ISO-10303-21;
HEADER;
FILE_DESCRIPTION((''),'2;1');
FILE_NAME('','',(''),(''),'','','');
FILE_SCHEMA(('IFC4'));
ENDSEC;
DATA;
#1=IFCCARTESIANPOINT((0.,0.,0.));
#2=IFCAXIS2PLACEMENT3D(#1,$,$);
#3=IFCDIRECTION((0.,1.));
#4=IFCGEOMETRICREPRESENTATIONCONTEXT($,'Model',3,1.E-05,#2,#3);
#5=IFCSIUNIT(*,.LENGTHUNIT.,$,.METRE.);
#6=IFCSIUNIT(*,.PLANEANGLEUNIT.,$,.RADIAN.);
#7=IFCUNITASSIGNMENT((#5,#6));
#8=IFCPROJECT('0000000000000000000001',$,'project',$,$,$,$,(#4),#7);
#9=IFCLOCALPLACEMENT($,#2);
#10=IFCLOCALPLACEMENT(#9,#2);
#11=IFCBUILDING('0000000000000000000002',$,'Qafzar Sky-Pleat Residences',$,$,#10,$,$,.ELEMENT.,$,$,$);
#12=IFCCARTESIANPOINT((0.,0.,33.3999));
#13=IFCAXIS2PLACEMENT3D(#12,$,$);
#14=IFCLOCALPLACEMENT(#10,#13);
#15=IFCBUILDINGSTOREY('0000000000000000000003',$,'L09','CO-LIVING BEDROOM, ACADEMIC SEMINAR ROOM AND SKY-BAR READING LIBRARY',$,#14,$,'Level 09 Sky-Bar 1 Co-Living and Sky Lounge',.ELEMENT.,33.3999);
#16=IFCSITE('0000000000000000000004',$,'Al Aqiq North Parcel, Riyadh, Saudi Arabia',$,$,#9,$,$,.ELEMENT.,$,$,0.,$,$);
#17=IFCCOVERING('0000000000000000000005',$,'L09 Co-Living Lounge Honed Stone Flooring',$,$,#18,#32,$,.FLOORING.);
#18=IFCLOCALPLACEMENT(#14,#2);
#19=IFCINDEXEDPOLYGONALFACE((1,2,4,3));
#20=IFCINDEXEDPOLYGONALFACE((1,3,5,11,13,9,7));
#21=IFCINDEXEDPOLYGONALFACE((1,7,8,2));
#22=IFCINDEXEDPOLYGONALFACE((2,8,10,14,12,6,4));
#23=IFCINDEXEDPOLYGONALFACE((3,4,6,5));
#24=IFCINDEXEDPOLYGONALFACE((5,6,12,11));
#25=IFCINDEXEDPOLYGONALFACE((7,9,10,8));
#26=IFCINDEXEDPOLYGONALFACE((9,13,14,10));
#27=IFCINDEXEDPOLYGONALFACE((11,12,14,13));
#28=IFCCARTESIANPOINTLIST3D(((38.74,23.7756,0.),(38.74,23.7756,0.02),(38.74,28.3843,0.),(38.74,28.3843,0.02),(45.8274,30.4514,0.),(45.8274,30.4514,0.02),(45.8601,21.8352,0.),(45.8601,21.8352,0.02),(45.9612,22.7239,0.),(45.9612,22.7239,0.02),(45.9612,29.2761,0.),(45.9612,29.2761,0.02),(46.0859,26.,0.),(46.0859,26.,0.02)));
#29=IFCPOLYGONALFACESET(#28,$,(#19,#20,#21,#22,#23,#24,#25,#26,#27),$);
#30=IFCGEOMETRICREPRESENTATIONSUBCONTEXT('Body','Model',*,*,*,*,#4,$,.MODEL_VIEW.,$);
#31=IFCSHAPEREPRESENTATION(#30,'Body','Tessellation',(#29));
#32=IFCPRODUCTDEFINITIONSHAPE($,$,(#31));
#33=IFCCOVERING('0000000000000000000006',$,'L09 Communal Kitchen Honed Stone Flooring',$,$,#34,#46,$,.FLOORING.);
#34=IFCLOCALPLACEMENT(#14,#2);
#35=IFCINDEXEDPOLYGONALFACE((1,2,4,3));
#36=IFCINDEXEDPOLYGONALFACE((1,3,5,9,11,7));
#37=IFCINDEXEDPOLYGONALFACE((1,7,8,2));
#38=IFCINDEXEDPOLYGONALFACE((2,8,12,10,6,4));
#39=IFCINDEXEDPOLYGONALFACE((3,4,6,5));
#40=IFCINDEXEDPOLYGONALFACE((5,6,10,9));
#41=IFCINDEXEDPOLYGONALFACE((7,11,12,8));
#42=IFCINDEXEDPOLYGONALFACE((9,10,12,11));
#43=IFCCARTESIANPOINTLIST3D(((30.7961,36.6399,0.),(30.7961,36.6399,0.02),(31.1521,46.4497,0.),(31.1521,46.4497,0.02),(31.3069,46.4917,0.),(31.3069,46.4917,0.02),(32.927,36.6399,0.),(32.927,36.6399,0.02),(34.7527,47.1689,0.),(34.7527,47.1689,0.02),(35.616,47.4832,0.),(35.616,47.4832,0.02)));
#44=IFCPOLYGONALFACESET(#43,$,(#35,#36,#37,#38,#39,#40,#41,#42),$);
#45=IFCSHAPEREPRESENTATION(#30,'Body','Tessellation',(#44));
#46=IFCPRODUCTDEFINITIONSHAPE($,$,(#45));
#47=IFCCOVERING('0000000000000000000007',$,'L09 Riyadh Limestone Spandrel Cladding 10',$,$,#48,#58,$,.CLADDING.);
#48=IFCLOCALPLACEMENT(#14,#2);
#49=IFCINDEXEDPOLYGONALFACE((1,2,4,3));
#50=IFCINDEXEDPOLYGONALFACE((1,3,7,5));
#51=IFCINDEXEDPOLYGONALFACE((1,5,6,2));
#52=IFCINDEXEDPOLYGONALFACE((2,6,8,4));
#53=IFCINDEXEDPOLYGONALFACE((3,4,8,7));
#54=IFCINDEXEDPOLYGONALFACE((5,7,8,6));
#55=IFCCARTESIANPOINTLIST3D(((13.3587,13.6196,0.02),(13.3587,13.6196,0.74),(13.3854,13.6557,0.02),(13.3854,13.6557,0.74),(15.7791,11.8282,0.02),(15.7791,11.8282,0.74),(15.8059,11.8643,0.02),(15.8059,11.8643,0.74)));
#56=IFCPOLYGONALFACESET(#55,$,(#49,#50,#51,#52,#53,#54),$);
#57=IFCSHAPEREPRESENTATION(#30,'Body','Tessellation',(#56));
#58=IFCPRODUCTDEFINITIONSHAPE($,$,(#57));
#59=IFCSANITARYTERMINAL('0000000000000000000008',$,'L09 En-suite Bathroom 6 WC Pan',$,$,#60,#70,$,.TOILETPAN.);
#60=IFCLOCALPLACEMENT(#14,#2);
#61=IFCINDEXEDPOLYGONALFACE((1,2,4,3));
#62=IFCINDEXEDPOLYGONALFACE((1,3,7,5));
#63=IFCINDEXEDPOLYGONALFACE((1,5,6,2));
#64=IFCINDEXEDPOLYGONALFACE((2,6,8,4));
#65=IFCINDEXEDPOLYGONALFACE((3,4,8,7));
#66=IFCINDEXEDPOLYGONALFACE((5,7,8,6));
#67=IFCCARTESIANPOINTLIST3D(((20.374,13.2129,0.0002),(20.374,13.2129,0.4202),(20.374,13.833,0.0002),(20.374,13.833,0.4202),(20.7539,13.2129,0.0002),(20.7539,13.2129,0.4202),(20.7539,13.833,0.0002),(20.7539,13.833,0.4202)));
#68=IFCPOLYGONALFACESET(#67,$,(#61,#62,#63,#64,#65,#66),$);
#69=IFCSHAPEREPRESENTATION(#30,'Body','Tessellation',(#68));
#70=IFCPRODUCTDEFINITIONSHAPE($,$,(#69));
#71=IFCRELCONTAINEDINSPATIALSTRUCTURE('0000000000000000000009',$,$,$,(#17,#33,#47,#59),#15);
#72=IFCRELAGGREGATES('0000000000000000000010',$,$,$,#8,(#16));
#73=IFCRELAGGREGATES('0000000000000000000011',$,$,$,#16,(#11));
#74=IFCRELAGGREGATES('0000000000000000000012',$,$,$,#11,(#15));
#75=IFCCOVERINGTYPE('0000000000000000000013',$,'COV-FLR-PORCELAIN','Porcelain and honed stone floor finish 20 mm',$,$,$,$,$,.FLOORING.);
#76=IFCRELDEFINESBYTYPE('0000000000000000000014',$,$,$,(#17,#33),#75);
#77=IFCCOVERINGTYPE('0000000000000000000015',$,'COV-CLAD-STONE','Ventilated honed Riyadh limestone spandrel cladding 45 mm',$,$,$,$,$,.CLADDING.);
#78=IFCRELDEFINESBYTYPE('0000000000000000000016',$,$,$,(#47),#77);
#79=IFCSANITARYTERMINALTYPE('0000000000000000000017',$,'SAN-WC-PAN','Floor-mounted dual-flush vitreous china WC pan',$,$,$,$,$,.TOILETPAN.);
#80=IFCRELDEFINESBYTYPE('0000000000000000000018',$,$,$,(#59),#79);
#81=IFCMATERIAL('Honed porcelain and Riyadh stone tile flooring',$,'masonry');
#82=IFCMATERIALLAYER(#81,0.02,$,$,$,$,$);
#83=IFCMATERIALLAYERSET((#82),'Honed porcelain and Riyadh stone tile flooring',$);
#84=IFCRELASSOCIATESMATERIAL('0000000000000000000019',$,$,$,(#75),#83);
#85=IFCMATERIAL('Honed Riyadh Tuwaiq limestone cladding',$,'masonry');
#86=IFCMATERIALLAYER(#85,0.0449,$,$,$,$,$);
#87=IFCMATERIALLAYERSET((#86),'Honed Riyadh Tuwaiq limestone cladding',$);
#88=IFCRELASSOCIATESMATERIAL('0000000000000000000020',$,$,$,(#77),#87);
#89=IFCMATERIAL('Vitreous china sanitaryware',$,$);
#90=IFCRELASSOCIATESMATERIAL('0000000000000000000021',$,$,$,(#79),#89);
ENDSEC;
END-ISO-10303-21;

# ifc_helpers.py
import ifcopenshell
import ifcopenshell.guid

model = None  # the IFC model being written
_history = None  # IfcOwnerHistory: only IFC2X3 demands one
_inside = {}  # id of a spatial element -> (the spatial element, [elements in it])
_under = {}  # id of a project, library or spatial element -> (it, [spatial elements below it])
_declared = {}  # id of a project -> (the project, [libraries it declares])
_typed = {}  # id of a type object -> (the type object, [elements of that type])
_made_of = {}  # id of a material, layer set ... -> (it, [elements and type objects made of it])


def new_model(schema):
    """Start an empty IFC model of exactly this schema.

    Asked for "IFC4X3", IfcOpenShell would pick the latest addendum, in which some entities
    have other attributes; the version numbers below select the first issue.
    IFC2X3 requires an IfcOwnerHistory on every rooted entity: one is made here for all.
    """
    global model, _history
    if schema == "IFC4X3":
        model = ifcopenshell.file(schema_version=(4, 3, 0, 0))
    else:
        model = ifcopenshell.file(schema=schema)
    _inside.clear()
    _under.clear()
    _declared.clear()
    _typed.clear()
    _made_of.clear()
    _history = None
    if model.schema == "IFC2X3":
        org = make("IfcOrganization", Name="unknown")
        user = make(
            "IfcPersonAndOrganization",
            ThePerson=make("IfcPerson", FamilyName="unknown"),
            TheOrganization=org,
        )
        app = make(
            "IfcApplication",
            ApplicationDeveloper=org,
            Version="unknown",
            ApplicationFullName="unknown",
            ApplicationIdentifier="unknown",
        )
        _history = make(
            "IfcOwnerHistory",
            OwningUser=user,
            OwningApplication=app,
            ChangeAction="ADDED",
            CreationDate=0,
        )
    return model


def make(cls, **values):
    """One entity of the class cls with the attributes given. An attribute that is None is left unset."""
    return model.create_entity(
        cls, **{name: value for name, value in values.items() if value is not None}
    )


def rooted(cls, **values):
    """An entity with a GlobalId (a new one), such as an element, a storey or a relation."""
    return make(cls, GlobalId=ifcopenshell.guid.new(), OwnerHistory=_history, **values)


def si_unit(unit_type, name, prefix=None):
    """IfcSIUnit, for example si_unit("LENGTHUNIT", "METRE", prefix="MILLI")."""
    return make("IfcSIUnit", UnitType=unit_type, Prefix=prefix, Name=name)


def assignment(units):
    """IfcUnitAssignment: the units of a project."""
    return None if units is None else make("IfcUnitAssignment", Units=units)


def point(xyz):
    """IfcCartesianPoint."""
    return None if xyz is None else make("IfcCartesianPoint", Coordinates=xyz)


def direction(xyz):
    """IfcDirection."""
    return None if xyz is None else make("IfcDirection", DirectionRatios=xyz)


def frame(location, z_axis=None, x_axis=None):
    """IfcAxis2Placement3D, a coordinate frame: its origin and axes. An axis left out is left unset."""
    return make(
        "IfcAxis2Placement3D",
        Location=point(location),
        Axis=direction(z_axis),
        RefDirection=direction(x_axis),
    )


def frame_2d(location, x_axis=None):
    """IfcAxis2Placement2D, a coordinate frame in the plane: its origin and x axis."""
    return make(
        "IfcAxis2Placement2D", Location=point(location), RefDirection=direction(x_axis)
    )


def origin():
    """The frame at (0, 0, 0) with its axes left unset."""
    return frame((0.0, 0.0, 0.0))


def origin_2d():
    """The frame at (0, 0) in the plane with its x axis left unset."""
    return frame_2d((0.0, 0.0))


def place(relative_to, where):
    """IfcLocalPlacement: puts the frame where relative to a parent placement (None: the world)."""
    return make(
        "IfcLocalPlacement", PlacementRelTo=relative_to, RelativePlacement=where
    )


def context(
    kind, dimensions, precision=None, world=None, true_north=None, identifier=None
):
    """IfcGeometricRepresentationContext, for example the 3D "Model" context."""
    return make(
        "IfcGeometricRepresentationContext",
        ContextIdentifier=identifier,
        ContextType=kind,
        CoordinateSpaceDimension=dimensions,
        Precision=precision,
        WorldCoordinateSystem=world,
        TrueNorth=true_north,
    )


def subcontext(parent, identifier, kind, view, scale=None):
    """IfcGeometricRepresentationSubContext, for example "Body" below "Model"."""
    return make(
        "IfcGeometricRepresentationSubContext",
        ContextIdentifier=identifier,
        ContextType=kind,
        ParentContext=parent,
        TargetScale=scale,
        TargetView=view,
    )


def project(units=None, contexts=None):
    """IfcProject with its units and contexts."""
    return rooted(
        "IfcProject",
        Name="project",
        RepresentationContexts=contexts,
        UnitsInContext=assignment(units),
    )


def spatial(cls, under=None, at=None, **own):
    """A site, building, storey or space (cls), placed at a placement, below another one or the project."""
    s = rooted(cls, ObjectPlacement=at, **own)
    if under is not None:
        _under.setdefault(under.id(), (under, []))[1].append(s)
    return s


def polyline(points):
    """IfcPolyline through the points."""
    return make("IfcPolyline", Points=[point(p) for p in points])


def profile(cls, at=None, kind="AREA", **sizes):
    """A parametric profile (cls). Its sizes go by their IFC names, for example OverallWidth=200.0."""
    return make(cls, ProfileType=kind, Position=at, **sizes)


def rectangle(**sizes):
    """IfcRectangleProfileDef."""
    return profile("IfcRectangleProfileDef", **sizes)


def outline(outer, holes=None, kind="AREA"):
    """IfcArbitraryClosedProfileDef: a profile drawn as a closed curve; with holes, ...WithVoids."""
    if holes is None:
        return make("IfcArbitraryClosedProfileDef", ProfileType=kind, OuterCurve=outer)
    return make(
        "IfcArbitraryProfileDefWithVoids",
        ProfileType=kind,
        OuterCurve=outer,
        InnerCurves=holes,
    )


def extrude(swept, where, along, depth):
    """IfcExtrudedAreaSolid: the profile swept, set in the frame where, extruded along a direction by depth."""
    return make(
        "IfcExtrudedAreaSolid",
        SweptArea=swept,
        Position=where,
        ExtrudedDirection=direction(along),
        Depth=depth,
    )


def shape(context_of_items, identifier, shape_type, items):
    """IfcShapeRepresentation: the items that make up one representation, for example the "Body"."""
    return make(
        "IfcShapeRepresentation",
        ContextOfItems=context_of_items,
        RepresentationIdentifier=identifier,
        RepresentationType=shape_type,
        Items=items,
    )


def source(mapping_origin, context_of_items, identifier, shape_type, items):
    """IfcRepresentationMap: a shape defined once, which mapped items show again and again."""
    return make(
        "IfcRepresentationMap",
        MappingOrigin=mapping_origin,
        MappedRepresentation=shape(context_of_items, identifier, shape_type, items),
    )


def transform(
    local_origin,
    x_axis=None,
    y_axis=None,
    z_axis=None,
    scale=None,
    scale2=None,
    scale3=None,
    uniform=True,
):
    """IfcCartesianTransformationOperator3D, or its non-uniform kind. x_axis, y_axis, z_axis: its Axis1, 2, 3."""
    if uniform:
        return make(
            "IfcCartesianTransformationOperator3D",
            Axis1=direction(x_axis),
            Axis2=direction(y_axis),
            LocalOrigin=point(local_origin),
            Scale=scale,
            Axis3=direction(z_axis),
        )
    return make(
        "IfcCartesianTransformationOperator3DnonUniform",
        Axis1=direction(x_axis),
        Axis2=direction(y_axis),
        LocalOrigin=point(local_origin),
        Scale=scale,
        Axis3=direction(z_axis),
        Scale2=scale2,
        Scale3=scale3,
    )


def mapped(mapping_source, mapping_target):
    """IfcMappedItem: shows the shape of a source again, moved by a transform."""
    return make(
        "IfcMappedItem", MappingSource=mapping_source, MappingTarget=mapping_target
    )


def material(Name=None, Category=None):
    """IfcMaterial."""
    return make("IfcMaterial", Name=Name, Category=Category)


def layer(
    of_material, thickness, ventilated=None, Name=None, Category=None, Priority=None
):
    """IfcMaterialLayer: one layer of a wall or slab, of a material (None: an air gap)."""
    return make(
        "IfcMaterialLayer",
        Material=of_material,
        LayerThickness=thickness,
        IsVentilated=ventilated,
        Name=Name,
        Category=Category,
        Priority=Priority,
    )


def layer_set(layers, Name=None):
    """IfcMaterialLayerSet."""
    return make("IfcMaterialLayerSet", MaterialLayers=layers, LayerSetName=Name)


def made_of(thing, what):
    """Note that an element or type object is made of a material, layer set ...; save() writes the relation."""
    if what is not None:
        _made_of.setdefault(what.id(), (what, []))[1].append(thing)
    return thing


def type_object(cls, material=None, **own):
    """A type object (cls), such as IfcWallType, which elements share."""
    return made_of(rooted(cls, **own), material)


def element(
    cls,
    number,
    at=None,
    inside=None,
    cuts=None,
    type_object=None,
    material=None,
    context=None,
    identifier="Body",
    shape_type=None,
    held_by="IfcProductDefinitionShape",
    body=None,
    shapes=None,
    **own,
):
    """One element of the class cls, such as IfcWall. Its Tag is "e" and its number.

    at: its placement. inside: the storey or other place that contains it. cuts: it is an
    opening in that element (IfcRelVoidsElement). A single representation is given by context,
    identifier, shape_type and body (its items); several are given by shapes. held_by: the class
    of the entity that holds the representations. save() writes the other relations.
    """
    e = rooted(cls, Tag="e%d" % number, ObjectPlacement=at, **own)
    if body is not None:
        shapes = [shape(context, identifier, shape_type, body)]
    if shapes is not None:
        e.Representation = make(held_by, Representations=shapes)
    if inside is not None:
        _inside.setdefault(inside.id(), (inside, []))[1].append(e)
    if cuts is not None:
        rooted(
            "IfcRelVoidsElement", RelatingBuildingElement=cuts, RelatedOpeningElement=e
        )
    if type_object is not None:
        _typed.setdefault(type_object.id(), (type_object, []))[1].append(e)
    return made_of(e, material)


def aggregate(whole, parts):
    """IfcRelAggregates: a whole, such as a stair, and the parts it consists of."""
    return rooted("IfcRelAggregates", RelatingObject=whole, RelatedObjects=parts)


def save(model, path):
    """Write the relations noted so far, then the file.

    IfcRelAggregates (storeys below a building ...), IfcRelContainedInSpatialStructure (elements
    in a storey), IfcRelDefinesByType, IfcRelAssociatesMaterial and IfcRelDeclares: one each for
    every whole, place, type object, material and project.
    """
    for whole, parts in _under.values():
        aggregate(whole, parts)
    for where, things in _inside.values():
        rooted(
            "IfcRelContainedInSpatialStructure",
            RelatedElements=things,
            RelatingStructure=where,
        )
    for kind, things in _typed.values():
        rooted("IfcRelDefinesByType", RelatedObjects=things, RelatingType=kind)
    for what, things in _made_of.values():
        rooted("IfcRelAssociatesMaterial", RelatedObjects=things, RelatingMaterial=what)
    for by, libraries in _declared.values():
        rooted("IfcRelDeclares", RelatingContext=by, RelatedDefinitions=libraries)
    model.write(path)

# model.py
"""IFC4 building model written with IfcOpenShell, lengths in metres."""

from ifc_helpers import new_model, si_unit, direction, frame, origin, origin_2d, place, context, subcontext, project, spatial, polyline, rectangle, outline, extrude, source, transform, mapped, material, layer, layer_set, type_object, element, save


model = new_model("IFC4")

# Units and contexts
model_context = context("Model", 3, precision=1e-05, world=origin(), true_north=direction((0.0, 1.0)))
body_context = subcontext(model_context, "Body", "Model", "MODEL_VIEW")
ifc_project = project(units=[si_unit("LENGTHUNIT", "METRE"), si_unit("PLANEANGLEUNIT", "RADIAN")], contexts=[model_context])

# Site, building, storey
site_placement = place(None, origin())
site = spatial("IfcSite", under=ifc_project, at=site_placement, Name="Al Aqiq North Parcel, Riyadh, Saudi Arabia", CompositionType="ELEMENT", RefElevation=0.0)
building_placement = place(site_placement, origin())
building = spatial("IfcBuilding", under=site, at=building_placement, Name="Qafzar Sky-Pleat Residences", CompositionType="ELEMENT")
storey_placement = place(building_placement, frame((0.0, 0.0, 33.3999)))
storey = spatial("IfcBuildingStorey", under=building, at=storey_placement, Name="L09", Description="CO-LIVING BEDROOM, ACADEMIC SEMINAR ROOM AND SKY-BAR READING LIBRARY", LongName="Level 09 Sky-Bar 1 Co-Living and Sky Lounge", CompositionType="ELEMENT", Elevation=33.3999)

# Coverings
ifc_material_1 = material(Name="Honed porcelain and Riyadh stone tile flooring", Category="masonry")
ifc_layer_1 = layer(ifc_material_1, 0.02)
ifc_layer_set_1 = layer_set([ifc_layer_1], Name="Honed porcelain and Riyadh stone tile flooring")
covering_type_1 = type_object("IfcCoveringType", Name="COV-FLR-PORCELAIN", Description="Porcelain and honed stone floor finish 20 mm", PredefinedType="FLOORING", material=ifc_layer_set_1)
covering_1_placement = place(storey_placement, origin())
element("IfcCovering", 1, at=covering_1_placement, inside=storey, type_object=covering_type_1, Name="L09 Co-Living Lounge Honed Stone Flooring", PredefinedType="FLOORING", context=body_context, shape_type="SweptSolid", body=[
    extrude(outline(polyline([(45.9612, 29.2761), (46.0859, 26.0), (45.9612, 22.7239), (45.8601, 21.8352), (38.74, 23.7756), (38.74, 28.3843), (45.8274, 30.4514), (45.9612, 29.2761)])), origin(), (0.0, 0.0, 1.0), 0.02),
])
covering_2_placement = place(storey_placement, origin())
element("IfcCovering", 2, at=covering_2_placement, inside=storey, type_object=covering_type_1, Name="L09 Communal Kitchen Honed Stone Flooring", PredefinedType="FLOORING", context=body_context, shape_type="SweptSolid", body=[
    extrude(outline(polyline([(34.7527, 47.1689), (35.616, 47.4832), (32.927, 36.6399), (30.7961, 36.6399), (31.1521, 46.4497), (31.3069, 46.4917), (34.7527, 47.1689)])), origin(), (0.0, 0.0, 1.0), 0.02),
])
ifc_material_2 = material(Name="Honed Riyadh Tuwaiq limestone cladding", Category="masonry")
ifc_layer_2 = layer(ifc_material_2, 0.0449)
ifc_layer_set_2 = layer_set([ifc_layer_2], Name="Honed Riyadh Tuwaiq limestone cladding")
covering_type_2 = type_object("IfcCoveringType", Name="COV-CLAD-STONE", Description="Ventilated honed Riyadh limestone spandrel cladding 45 mm", PredefinedType="CLADDING", material=ifc_layer_set_2)
shared_shape_1 = source(origin(), body_context, "Body", "SweptSolid", [
    extrude(rectangle(XDim=3.0112, YDim=0.0449, at=origin_2d()), origin(), (0.0, 0.0, 1.0), 0.72),
])
covering_3_placement = place(storey_placement, frame((14.5823, 12.7419, 0.02), z_axis=(0.0, 0.0, 1.0), x_axis=(0.803807, -0.59489, 0.0)))
element("IfcCovering", 3, at=covering_3_placement, inside=storey, type_object=covering_type_2, Name="L09 Riyadh Limestone Spandrel Cladding 10", PredefinedType="CLADDING", context=body_context, shape_type="MappedRepresentation", body=[
    mapped(shared_shape_1, transform((0.0, 0.0, 0.0), x_axis=(1.0, 0.0, 0.0), y_axis=(0.0, 1.0, 0.0), z_axis=(0.0, 0.0, 1.0), scale=1.0)),
])

# Sanitary terminal
ifc_material_3 = material(Name="Vitreous china sanitaryware")
sanitary_terminal_type = type_object("IfcSanitaryTerminalType", Name="SAN-WC-PAN", Description="Floor-mounted dual-flush vitreous china WC pan", PredefinedType="TOILETPAN", material=ifc_material_3)
shared_shape_2 = source(origin(), body_context, "Body", "SweptSolid", [
    extrude(rectangle(XDim=0.3799, YDim=0.6201, at=origin_2d()), origin(), (0.0, 0.0, 1.0), 0.4199),
])
sanitary_terminal_placement = place(storey_placement, frame((20.564, 13.5229, 0.0002), z_axis=(0.0, 0.0, 1.0), x_axis=(1.0, 0.0, 0.0)))
element("IfcSanitaryTerminal", 4, at=sanitary_terminal_placement, inside=storey, type_object=sanitary_terminal_type, Name="L09 En-suite Bathroom 6 WC Pan", PredefinedType="TOILETPAN", context=body_context, shape_type="MappedRepresentation", body=[
    mapped(shared_shape_2, transform((0.0, 0.0, 0.0), x_axis=(1.0, 0.0, 0.0), y_axis=(0.0, 1.0, 0.0), z_axis=(0.0, 0.0, 1.0), scale=1.0)),
])

save(model, "model.ifc")
